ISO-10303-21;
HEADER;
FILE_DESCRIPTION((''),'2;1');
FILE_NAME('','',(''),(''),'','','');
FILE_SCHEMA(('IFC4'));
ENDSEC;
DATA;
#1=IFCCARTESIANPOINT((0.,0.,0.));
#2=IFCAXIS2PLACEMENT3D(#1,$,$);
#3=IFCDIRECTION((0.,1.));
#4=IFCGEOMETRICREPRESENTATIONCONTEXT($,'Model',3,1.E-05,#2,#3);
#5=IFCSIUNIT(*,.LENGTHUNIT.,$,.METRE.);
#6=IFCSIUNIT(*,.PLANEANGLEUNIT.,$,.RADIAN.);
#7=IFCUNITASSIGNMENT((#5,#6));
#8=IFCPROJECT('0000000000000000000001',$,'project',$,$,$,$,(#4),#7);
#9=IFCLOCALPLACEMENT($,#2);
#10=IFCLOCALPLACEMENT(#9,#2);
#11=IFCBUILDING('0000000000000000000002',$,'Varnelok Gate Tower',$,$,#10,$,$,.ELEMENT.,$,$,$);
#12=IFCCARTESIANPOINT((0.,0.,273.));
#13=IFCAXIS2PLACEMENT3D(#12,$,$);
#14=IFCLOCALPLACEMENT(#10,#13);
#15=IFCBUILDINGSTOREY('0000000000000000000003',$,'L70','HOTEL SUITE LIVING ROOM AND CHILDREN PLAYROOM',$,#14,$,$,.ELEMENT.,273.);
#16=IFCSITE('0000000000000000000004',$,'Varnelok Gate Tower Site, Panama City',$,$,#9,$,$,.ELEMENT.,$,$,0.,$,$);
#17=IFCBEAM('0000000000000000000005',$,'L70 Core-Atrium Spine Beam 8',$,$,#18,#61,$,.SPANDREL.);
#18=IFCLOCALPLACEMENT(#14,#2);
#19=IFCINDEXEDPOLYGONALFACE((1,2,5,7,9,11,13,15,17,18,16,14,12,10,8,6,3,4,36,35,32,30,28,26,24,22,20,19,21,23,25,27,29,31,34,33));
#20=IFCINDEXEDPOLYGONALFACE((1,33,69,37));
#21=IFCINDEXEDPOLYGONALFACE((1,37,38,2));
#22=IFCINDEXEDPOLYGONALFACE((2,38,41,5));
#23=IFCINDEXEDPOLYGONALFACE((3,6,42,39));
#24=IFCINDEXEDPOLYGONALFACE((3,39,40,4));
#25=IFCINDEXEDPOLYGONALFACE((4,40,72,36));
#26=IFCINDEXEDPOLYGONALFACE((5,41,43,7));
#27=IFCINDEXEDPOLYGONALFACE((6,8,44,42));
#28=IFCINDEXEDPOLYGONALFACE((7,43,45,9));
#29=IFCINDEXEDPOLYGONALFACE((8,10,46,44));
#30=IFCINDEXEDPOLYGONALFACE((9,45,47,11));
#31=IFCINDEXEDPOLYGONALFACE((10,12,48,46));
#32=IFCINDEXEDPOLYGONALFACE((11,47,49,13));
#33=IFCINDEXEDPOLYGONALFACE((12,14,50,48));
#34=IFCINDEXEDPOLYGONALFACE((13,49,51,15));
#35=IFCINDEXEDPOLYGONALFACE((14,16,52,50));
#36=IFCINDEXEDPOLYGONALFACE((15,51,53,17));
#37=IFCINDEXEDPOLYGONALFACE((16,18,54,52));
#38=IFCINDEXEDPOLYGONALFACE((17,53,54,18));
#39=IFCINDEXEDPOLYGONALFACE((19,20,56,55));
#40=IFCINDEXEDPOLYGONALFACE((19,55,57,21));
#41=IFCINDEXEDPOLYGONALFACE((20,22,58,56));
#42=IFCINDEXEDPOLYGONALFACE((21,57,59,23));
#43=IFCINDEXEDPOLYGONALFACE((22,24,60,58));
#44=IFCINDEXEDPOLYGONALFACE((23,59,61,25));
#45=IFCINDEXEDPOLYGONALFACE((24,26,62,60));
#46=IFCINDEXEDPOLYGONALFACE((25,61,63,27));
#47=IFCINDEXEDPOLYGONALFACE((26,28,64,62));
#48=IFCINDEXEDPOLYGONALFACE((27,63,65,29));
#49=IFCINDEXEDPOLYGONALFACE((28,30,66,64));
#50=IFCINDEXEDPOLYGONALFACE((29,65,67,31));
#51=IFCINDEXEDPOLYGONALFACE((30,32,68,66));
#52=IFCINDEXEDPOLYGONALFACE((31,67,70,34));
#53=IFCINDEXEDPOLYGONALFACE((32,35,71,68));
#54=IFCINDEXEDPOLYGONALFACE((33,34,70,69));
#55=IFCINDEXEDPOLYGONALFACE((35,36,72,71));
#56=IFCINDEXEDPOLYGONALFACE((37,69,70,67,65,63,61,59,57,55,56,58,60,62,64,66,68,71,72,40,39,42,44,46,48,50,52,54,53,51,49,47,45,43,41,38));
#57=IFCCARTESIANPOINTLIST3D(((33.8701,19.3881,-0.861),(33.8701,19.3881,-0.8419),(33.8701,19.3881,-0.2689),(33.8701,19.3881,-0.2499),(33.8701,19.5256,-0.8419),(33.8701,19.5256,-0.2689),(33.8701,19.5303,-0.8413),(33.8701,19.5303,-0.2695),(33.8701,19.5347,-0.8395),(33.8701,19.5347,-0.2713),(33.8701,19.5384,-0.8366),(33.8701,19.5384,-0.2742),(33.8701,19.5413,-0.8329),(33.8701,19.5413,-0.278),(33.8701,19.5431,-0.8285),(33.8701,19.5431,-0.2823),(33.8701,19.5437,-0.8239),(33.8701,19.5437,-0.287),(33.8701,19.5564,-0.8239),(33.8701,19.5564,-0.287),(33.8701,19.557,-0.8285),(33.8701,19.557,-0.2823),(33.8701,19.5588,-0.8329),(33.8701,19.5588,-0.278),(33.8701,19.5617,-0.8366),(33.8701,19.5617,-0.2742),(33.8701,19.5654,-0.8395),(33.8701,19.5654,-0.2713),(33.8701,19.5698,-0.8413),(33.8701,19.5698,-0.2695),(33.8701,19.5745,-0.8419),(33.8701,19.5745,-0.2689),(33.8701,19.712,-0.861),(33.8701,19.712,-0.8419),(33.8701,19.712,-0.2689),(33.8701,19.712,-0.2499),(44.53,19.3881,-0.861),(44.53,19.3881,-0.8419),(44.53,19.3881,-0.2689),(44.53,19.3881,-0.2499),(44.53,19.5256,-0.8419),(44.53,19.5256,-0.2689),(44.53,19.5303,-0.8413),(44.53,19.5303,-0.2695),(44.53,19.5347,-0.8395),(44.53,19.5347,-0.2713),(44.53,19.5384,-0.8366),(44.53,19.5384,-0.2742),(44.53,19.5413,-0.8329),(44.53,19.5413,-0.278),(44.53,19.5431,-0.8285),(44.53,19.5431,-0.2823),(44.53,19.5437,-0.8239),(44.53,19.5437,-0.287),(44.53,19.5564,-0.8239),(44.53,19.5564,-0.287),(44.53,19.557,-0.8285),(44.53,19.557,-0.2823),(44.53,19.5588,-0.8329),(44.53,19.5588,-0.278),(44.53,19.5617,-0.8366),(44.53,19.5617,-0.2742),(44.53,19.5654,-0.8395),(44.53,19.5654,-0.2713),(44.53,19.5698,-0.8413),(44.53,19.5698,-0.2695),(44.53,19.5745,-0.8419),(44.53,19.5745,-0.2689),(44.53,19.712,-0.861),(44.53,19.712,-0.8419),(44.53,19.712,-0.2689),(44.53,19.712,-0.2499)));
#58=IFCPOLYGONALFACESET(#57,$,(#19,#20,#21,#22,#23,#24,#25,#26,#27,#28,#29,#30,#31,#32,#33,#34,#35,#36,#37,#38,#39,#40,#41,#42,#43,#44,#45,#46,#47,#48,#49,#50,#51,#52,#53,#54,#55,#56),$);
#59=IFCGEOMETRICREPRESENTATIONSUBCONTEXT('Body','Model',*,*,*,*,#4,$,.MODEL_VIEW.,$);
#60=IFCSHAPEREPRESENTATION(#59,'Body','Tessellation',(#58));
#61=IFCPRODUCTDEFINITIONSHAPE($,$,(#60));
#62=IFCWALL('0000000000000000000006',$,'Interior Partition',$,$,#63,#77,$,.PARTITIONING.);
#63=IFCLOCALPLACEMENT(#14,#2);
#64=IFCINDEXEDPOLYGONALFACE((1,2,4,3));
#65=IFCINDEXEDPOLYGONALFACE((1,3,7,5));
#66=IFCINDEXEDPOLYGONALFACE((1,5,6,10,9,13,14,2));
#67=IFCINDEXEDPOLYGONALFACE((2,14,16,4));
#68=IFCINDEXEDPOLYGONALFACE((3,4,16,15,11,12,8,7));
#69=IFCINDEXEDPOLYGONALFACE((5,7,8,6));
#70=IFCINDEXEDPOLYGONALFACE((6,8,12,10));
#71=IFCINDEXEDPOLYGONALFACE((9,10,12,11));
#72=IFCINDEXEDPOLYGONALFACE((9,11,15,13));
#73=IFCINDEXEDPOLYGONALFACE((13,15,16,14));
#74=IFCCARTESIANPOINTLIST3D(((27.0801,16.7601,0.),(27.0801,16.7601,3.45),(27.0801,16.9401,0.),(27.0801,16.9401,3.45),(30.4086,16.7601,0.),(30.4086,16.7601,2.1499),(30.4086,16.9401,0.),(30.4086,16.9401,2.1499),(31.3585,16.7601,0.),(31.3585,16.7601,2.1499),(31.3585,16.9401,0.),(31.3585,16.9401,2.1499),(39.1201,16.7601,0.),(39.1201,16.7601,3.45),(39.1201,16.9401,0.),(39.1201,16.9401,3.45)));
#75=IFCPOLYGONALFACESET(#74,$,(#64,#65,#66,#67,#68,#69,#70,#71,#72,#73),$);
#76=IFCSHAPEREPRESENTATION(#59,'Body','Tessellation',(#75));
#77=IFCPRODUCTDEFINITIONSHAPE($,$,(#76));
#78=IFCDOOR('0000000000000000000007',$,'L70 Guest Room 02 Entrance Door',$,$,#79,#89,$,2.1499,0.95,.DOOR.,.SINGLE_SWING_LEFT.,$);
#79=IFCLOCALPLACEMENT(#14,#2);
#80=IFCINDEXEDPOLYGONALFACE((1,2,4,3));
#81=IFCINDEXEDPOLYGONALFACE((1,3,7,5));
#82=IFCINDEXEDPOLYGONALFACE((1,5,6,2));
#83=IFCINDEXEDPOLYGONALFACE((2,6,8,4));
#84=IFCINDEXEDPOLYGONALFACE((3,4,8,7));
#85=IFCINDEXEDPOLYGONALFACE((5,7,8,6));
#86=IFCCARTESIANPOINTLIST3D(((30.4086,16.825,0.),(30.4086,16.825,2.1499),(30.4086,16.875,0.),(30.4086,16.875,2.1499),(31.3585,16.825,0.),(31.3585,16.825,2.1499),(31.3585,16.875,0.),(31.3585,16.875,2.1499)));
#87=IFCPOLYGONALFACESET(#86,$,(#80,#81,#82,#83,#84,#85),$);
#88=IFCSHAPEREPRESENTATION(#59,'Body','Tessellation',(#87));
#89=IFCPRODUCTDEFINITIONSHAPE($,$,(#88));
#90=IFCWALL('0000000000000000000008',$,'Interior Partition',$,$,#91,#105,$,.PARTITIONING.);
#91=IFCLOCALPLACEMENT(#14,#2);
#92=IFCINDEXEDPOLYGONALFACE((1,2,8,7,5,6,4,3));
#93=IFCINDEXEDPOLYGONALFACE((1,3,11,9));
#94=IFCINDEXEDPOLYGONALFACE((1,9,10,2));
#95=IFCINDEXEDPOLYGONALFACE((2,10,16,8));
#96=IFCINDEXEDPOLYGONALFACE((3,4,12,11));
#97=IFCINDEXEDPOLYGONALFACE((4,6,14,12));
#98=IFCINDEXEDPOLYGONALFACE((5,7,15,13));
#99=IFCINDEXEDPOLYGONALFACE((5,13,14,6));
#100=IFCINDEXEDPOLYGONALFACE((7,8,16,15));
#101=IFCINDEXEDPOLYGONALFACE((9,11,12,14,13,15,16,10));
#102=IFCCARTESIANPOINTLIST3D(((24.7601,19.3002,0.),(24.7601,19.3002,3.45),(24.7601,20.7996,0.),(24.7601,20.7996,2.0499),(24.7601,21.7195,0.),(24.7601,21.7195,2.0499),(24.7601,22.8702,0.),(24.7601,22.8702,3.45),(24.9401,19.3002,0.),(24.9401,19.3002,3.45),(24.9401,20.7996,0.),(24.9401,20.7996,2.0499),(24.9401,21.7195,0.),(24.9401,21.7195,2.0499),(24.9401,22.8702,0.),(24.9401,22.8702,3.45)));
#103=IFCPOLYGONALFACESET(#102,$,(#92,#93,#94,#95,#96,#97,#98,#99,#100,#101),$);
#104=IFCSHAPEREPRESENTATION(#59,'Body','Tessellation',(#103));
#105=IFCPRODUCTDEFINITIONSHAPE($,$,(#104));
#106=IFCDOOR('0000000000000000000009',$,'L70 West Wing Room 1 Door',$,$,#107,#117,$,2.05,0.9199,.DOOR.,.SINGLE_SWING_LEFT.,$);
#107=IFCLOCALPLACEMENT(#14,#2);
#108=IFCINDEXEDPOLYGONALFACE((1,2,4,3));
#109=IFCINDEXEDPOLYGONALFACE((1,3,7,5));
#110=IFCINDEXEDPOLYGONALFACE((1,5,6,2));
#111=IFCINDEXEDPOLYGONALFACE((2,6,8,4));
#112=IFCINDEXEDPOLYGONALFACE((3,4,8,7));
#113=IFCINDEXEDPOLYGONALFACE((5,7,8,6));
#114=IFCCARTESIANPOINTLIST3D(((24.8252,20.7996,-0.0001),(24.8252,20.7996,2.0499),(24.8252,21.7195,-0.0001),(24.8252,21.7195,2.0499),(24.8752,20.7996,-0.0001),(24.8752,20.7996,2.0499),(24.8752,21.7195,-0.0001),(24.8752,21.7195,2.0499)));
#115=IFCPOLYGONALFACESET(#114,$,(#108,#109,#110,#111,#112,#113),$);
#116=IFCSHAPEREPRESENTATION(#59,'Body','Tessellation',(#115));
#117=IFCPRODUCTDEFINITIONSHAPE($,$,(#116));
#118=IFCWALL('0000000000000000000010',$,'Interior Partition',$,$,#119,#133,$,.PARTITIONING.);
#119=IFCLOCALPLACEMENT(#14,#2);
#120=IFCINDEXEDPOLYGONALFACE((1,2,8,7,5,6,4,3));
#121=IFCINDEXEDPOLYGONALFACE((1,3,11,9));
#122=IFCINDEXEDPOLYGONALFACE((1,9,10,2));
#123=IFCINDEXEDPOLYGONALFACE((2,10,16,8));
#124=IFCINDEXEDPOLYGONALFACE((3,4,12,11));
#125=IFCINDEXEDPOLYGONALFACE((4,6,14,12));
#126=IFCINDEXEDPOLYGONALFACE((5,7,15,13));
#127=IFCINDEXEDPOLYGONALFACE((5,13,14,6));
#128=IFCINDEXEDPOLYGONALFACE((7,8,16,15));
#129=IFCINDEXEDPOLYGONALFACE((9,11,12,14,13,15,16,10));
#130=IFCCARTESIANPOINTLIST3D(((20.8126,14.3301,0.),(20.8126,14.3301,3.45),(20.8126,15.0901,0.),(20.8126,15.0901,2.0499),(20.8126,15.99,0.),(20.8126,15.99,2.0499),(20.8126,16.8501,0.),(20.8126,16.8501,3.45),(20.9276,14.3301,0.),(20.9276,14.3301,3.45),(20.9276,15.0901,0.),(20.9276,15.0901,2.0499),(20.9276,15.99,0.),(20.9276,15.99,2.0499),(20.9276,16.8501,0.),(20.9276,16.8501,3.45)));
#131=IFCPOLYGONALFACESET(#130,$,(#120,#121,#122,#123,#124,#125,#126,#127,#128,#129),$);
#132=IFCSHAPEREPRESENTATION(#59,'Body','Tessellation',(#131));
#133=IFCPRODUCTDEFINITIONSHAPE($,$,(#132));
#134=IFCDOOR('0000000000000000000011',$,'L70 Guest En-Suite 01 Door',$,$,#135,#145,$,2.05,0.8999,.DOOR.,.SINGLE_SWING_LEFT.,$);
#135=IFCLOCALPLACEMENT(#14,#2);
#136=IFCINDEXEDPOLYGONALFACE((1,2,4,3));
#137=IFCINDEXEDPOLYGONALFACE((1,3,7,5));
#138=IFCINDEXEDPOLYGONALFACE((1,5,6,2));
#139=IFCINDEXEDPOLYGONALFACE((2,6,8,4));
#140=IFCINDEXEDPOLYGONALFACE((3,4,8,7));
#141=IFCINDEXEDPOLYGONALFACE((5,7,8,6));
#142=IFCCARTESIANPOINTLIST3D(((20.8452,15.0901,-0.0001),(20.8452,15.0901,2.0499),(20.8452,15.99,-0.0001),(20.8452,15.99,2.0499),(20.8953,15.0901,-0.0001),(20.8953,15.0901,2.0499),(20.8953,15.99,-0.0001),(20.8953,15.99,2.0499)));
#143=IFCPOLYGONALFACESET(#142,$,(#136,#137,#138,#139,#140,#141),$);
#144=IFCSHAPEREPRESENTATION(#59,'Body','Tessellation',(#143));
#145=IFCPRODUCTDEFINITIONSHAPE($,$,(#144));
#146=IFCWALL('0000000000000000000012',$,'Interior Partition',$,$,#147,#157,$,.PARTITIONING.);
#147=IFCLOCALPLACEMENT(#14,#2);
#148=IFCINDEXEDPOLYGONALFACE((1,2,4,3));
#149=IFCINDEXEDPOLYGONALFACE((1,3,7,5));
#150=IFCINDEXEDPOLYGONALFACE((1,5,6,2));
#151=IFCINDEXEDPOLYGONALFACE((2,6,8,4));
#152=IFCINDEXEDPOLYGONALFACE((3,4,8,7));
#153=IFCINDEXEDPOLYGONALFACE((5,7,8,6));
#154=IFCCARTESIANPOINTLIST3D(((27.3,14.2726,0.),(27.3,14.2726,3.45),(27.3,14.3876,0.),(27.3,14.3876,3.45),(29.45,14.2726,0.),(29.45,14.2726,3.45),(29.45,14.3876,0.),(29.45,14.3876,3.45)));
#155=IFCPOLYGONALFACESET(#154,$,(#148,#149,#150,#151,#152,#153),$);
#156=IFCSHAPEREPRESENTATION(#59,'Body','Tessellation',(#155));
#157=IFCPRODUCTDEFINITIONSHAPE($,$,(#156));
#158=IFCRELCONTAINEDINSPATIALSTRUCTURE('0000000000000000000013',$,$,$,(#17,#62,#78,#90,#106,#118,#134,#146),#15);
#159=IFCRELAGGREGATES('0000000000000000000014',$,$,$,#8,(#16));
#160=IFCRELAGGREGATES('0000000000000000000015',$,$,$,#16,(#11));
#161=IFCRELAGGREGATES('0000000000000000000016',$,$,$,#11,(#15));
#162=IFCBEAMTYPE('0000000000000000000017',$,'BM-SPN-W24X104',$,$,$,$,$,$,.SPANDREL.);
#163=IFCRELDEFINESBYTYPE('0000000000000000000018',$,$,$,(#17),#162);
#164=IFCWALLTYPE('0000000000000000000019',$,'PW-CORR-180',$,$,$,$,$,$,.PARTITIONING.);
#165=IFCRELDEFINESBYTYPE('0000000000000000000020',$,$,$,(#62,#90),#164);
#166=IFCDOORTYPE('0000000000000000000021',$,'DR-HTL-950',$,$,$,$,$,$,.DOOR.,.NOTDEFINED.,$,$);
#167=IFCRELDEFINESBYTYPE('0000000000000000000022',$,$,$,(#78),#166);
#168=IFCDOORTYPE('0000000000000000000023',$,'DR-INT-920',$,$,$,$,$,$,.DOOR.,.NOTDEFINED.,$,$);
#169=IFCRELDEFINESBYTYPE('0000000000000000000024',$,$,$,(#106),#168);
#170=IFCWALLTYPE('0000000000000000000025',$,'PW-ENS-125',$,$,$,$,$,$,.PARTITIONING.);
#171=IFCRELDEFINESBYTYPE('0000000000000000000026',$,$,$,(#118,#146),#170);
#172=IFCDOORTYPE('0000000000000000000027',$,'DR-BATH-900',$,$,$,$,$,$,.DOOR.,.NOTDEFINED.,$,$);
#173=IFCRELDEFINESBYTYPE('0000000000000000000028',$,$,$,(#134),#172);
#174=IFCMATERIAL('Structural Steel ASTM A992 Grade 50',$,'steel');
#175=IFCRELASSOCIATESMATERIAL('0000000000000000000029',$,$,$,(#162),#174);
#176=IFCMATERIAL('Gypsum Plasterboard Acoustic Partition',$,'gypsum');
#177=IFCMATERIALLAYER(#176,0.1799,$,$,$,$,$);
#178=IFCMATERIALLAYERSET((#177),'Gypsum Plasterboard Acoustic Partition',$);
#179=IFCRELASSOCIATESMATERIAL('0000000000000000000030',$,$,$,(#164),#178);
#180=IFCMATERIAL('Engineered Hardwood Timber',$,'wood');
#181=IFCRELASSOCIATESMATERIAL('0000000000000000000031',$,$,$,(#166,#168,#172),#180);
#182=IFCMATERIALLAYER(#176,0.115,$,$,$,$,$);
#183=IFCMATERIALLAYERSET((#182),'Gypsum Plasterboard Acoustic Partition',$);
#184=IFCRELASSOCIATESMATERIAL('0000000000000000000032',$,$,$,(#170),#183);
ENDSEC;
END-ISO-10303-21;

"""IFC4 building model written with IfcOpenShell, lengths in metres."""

from ifc_helpers import new_model, si_unit, direction, frame, frame_2d, origin, origin_2d, place, context, subcontext, project, spatial, rectangle, i_section, extrude, material, layer, layer_set, material_profile, profile_set, type_object, element, fill, save


model = new_model("IFC4")

# Units and contexts
model_context = context("Model", 3, precision=1e-05, world=origin(), true_north=direction((0.0, 1.0)))
body_context = subcontext(model_context, "Body", "Model", "MODEL_VIEW")
ifc_project = project(units=[si_unit("LENGTHUNIT", "METRE"), si_unit("PLANEANGLEUNIT", "RADIAN")], contexts=[model_context])

# Site, building, storey
site_placement = place(None, origin())
site = spatial("IfcSite", under=ifc_project, at=site_placement, Name="Varnelok Gate Tower Site, Panama City", CompositionType="ELEMENT", RefElevation=0.0)
building_placement = place(site_placement, origin())
building = spatial("IfcBuilding", under=site, at=building_placement, Name="Varnelok Gate Tower", CompositionType="ELEMENT")
storey_placement = place(building_placement, frame((0.0, 0.0, 273.0)))
storey = spatial("IfcBuildingStorey", under=building, at=storey_placement, Name="L70", Description="HOTEL SUITE LIVING ROOM AND CHILDREN PLAYROOM", CompositionType="ELEMENT", Elevation=273.0)

# Shared definitions
ifc_material_1 = material(Name="Structural Steel ASTM A992 Grade 50", Category="steel")

# Beam
ifc_material_profile_1 = material_profile(ifc_material_1, i_section(OverallWidth=0.324, OverallDepth=0.6111, WebThickness=0.0127, FlangeThickness=0.019, FilletRadius=0.0181, at=origin_2d()), Name="W24X104")
ifc_profile_set_1 = profile_set([ifc_material_profile_1], Name="Structural Steel ASTM A992 Grade 50")
beam_type_1 = type_object("IfcBeamType", Name="BM-SPN-W24X104", PredefinedType="SPANDREL", material=ifc_profile_set_1)
beam_1_placement = place(storey_placement, frame((33.8701, 19.55, -0.5554), z_axis=(1.0, 0.0, 0.0), x_axis=(0.0, 1.0, 0.0)))
element("IfcBeam", 1, at=beam_1_placement, inside=storey, type_object=beam_type_1, Name="L70 Core-Atrium Spine Beam 8", PredefinedType="SPANDREL", context=body_context, shape_type="SweptSolid", body=[
    extrude(i_section(OverallWidth=0.324, OverallDepth=0.6111, WebThickness=0.0127, FlangeThickness=0.019, FilletRadius=0.0181, at=origin_2d()), origin(), (0.0, 0.0, 1.0), 10.6599),
])

# Walls, openings, doors
ifc_material_2 = material(Name="Gypsum Plasterboard Acoustic Partition", Category="gypsum")
ifc_layer_1 = layer(ifc_material_2, 0.1799)
ifc_layer_set_1 = layer_set([ifc_layer_1], Name="Gypsum Plasterboard Acoustic Partition")
wall_type_1 = type_object("IfcWallType", Name="PW-CORR-180", PredefinedType="PARTITIONING", material=ifc_layer_set_1)
wall_1_placement = place(storey_placement, frame((27.0801, 16.8501, 0.0), z_axis=(0.0, 0.0, 1.0), x_axis=(1.0, 0.0, 0.0)))
wall_1 = element("IfcWall", 2, at=wall_1_placement, inside=storey, type_object=wall_type_1, Name="Interior Partition", PredefinedType="PARTITIONING", context=body_context, shape_type="SweptSolid", body=[
    extrude(rectangle(XDim=12.04, YDim=0.1799, at=frame_2d((6.02, 0.0))), origin(), (0.0, 0.0, 1.0), 3.45),
])
opening_1_placement = place(wall_1_placement, frame((3.3284, 0.0, 0.0)))
opening_1 = element("IfcOpeningElement", 3, at=opening_1_placement, cuts=wall_1, PredefinedType="OPENING", context=body_context, shape_type="SweptSolid", body=[
    extrude(rectangle(XDim=0.95, YDim=2.1499, at=frame_2d((0.4751, 1.075))), frame((0.0, 0.0999, 0.0), z_axis=(0.0, -1.0, 0.0), x_axis=(1.0, 0.0, 0.0)), (0.0, 0.0, 1.0), 0.2),
])
ifc_material_3 = material(Name="Engineered Hardwood Timber", Category="wood")
door_type_1 = type_object("IfcDoorType", Name="DR-HTL-950", OperationType="NOTDEFINED", PredefinedType="DOOR", material=ifc_material_3)
door_1_placement = place(opening_1_placement, origin())
door_1 = element("IfcDoor", 4, at=door_1_placement, inside=storey, type_object=door_type_1, Name="L70 Guest Room 02 Entrance Door", OperationType="SINGLE_SWING_LEFT", OverallHeight=2.1499, OverallWidth=0.95, PredefinedType="DOOR", context=body_context, shape_type="SweptSolid", body=[
    extrude(rectangle(XDim=0.95, YDim=2.1499, at=frame_2d((0.4751, 1.075))), frame((0.0, 0.0249, 0.0), z_axis=(0.0, -1.0, 0.0), x_axis=(1.0, 0.0, 0.0)), (0.0, 0.0, 1.0), 0.05),
])
fill(opening_1, door_1)
wall_2_placement = place(storey_placement, frame((24.8501, 19.3, 0.0), z_axis=(0.0, 0.0, 1.0), x_axis=(0.0, 1.0, 0.0)))
wall_2 = element("IfcWall", 5, at=wall_2_placement, inside=storey, type_object=wall_type_1, Name="Interior Partition", PredefinedType="PARTITIONING", context=body_context, shape_type="SweptSolid", body=[
    extrude(rectangle(XDim=3.5701, YDim=0.1799, at=frame_2d((1.7852, 0.0))), origin(), (0.0, 0.0, 1.0), 3.45),
])
opening_2_placement = place(wall_2_placement, frame((1.4995, 0.0, 0.0)))
opening_2 = element("IfcOpeningElement", 6, at=opening_2_placement, cuts=wall_2, PredefinedType="OPENING", context=body_context, shape_type="SweptSolid", body=[
    extrude(rectangle(XDim=0.9199, YDim=2.05, at=frame_2d((0.46, 1.0249))), frame((0.0, 0.0999, 0.0), z_axis=(0.0, -1.0, 0.0), x_axis=(1.0, 0.0, 0.0)), (0.0, 0.0, 1.0), 0.2),
])
door_type_2 = type_object("IfcDoorType", Name="DR-INT-920", OperationType="NOTDEFINED", PredefinedType="DOOR", material=ifc_material_3)
door_2_placement = place(opening_2_placement, origin())
door_2 = element("IfcDoor", 7, at=door_2_placement, inside=storey, type_object=door_type_2, Name="L70 West Wing Room 1 Door", OperationType="SINGLE_SWING_LEFT", OverallHeight=2.05, OverallWidth=0.9199, PredefinedType="DOOR", context=body_context, shape_type="SweptSolid", body=[
    extrude(rectangle(XDim=0.9199, YDim=2.05, at=frame_2d((0.46, 1.0249))), frame((0.0, 0.0249, 0.0), z_axis=(0.0, -1.0, 0.0), x_axis=(1.0, 0.0, 0.0)), (0.0, 0.0, 1.0), 0.05),
])
fill(opening_2, door_2)
ifc_layer_2 = layer(ifc_material_2, 0.115)
ifc_layer_set_2 = layer_set([ifc_layer_2], Name="Gypsum Plasterboard Acoustic Partition")
wall_type_2 = type_object("IfcWallType", Name="PW-ENS-125", PredefinedType="PARTITIONING", material=ifc_layer_set_2)
wall_3_placement = place(storey_placement, frame((20.8701, 14.3301, 0.0), z_axis=(0.0, 0.0, 1.0), x_axis=(0.0, 1.0, 0.0)))
wall_3 = element("IfcWall", 8, at=wall_3_placement, inside=storey, type_object=wall_type_2, Name="Interior Partition", PredefinedType="PARTITIONING", context=body_context, shape_type="SweptSolid", body=[
    extrude(rectangle(XDim=2.52, YDim=0.115, at=frame_2d((1.26, 0.0))), origin(), (0.0, 0.0, 1.0), 3.45),
])
opening_3_placement = place(wall_3_placement, frame((0.76, 0.0, 0.0)))
opening_3 = element("IfcOpeningElement", 9, at=opening_3_placement, cuts=wall_3, PredefinedType="OPENING", context=body_context, shape_type="SweptSolid", body=[
    extrude(rectangle(XDim=0.8999, YDim=2.05, at=frame_2d((0.45, 1.0249))), frame((0.0, 0.0674, 0.0), z_axis=(0.0, -1.0, 0.0), x_axis=(1.0, 0.0, 0.0)), (0.0, 0.0, 1.0), 0.135),
])
door_type_3 = type_object("IfcDoorType", Name="DR-BATH-900", OperationType="NOTDEFINED", PredefinedType="DOOR", material=ifc_material_3)
door_3_placement = place(opening_3_placement, origin())
door_3 = element("IfcDoor", 10, at=door_3_placement, inside=storey, type_object=door_type_3, Name="L70 Guest En-Suite 01 Door", OperationType="SINGLE_SWING_LEFT", OverallHeight=2.05, OverallWidth=0.8999, PredefinedType="DOOR", context=body_context, shape_type="SweptSolid", body=[
    extrude(rectangle(XDim=0.8999, YDim=2.05, at=frame_2d((0.45, 1.0249))), frame((0.0, 0.0249, 0.0), z_axis=(0.0, -1.0, 0.0), x_axis=(1.0, 0.0, 0.0)), (0.0, 0.0, 1.0), 0.05),
])
fill(opening_3, door_3)

# Wall
wall_4_placement = place(storey_placement, frame((27.3, 14.3301, 0.0), z_axis=(0.0, 0.0, 1.0), x_axis=(1.0, 0.0, 0.0)))
element("IfcWall", 11, at=wall_4_placement, inside=storey, type_object=wall_type_2, Name="Interior Partition", PredefinedType="PARTITIONING", context=body_context, shape_type="SweptSolid", body=[
    extrude(rectangle(XDim=2.1499, YDim=0.115, at=frame_2d((1.075, 0.0))), origin(), (0.0, 0.0, 1.0), 3.45),
])

save(model, "model.ifc")
